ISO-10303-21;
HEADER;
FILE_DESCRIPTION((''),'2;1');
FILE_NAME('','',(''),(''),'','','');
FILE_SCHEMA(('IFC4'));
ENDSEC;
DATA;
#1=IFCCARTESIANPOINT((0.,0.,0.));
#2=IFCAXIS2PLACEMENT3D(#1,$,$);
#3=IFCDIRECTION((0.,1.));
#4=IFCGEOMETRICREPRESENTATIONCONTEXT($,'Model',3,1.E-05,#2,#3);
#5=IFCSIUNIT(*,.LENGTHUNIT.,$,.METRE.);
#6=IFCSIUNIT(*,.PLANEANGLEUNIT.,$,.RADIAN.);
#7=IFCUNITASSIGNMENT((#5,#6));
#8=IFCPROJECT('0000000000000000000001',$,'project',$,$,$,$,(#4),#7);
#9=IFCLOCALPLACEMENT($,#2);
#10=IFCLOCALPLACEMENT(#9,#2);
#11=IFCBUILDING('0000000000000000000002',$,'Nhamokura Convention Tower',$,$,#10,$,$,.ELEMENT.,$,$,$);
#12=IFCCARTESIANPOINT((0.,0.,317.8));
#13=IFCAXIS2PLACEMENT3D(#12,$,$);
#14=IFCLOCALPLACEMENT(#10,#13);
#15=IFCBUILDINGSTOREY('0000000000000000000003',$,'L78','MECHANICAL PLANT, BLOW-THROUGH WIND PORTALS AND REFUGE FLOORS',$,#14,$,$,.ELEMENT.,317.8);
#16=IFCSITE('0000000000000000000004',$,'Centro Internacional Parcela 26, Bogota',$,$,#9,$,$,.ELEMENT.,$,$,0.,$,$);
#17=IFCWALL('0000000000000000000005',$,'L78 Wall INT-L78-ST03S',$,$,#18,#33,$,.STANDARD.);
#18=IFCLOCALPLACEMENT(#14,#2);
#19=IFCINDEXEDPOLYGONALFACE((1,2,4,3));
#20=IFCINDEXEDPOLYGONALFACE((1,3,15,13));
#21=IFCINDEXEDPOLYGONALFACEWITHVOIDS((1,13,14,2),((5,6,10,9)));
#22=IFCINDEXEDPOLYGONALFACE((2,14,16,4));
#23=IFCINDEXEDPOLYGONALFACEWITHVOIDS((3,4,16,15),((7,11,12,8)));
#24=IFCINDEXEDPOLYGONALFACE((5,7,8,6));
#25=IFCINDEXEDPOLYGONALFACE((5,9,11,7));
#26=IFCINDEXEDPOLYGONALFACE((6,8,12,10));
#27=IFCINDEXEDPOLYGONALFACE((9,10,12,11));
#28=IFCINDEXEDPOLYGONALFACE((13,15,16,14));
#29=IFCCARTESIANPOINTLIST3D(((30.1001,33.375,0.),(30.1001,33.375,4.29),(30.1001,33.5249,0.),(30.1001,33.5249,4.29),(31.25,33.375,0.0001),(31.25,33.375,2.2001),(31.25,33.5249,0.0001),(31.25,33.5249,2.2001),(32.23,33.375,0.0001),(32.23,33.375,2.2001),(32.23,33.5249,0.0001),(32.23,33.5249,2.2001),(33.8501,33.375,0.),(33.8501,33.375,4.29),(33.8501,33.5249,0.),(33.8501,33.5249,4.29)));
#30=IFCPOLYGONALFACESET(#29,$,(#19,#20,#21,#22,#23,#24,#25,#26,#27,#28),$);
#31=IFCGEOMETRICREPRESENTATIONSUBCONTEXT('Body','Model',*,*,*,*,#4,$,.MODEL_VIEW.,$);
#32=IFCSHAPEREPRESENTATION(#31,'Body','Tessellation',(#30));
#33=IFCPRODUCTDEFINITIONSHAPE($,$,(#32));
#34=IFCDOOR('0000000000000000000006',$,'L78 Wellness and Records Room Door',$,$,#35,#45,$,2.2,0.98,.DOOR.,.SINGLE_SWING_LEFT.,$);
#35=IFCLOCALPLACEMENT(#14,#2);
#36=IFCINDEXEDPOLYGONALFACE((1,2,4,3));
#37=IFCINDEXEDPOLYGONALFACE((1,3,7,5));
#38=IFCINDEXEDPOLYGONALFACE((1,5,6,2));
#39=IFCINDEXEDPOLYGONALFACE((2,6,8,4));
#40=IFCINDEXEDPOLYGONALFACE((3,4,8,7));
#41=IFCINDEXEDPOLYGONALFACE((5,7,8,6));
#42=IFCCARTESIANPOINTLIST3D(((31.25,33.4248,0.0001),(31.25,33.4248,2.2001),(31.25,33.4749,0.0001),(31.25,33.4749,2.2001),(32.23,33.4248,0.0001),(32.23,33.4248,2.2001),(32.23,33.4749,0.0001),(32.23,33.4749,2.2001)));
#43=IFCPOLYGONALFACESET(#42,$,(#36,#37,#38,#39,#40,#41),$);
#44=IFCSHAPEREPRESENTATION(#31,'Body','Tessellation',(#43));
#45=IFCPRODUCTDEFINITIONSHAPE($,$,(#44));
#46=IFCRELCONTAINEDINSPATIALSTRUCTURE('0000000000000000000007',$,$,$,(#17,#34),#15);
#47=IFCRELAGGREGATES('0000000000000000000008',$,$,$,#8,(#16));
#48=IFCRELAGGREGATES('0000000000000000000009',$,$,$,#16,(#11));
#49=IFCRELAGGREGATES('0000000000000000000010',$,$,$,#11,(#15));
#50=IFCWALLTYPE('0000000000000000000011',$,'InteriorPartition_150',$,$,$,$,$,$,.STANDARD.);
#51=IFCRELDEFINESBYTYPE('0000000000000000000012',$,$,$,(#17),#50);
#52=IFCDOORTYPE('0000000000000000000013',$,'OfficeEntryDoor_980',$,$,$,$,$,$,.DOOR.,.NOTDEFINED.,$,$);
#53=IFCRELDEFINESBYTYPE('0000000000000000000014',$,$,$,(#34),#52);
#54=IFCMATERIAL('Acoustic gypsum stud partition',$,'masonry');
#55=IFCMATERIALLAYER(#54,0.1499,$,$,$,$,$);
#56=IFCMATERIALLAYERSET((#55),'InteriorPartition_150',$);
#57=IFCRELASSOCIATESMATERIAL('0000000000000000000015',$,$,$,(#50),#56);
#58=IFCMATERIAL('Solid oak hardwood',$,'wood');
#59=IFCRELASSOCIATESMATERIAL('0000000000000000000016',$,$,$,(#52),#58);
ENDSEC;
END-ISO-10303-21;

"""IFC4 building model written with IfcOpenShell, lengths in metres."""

from ifc_helpers import new_model, si_unit, direction, frame, frame_2d, origin, place, context, subcontext, project, spatial, rectangle, extrude, material, layer, layer_set, type_object, element, fill, save


model = new_model("IFC4")

# Units and contexts
model_context = context("Model", 3, precision=1e-05, world=origin(), true_north=direction((0.0, 1.0)))
body_context = subcontext(model_context, "Body", "Model", "MODEL_VIEW")
ifc_project = project(units=[si_unit("LENGTHUNIT", "METRE"), si_unit("PLANEANGLEUNIT", "RADIAN")], contexts=[model_context])

# Site, building, storey
site_placement = place(None, origin())
site = spatial("IfcSite", under=ifc_project, at=site_placement, Name="Centro Internacional Parcela 26, Bogota", CompositionType="ELEMENT", RefElevation=0.0)
building_placement = place(site_placement, origin())
building = spatial("IfcBuilding", under=site, at=building_placement, Name="Nhamokura Convention Tower", CompositionType="ELEMENT")
storey_placement = place(building_placement, frame((0.0, 0.0, 317.8)))
storey = spatial("IfcBuildingStorey", under=building, at=storey_placement, Name="L78", Description="MECHANICAL PLANT, BLOW-THROUGH WIND PORTALS AND REFUGE FLOORS", CompositionType="ELEMENT", Elevation=317.8)

# Shared definitions
ifc_material_1 = material(Name="Acoustic gypsum stud partition", Category="masonry")
ifc_layer_1 = layer(ifc_material_1, 0.1499)
ifc_layer_set_1 = layer_set([ifc_layer_1], Name="InteriorPartition_150")
wall_type_1 = type_object("IfcWallType", Name="InteriorPartition_150", PredefinedType="STANDARD", material=ifc_layer_set_1)

# Wall, opening, door
wall_1_placement = place(storey_placement, frame((30.1001, 33.45, 0.0), z_axis=(0.0, 0.0, 1.0), x_axis=(1.0, 0.0, 0.0)))
wall_1 = element("IfcWall", 1, at=wall_1_placement, inside=storey, type_object=wall_type_1, Name="L78 Wall INT-L78-ST03S", PredefinedType="STANDARD", context=body_context, shape_type="SweptSolid", body=[
    extrude(rectangle(XDim=3.75, YDim=0.1499, at=frame_2d((1.875, 0.0))), origin(), (0.0, 0.0, 1.0), 4.29),
])
opening_1_placement = place(wall_1_placement, frame((1.1499, 0.0, 0.0)))
opening_1 = element("IfcOpeningElement", 2, at=opening_1_placement, cuts=wall_1, PredefinedType="OPENING", context=body_context, shape_type="SweptSolid", body=[
    extrude(rectangle(XDim=0.98, YDim=2.2, at=frame_2d((0.49, 1.1001))), frame((0.0, 0.085, 0.0), z_axis=(0.0, -1.0, 0.0), x_axis=(1.0, 0.0, 0.0)), (0.0, 0.0, 1.0), 0.1699),
])
ifc_material_2 = material(Name="Solid oak hardwood", Category="wood")
door_type_1 = type_object("IfcDoorType", Name="OfficeEntryDoor_980", OperationType="NOTDEFINED", PredefinedType="DOOR", material=ifc_material_2)
door_1_placement = place(opening_1_placement, origin())
door_1 = element("IfcDoor", 3, at=door_1_placement, inside=storey, type_object=door_type_1, Name="L78 Wellness and Records Room Door", OperationType="SINGLE_SWING_LEFT", OverallHeight=2.2, OverallWidth=0.98, PredefinedType="DOOR", context=body_context, shape_type="SweptSolid", body=[
    extrude(rectangle(XDim=0.98, YDim=2.2, at=frame_2d((0.49, 1.1001))), frame((0.0, 0.0249, 0.0), z_axis=(0.0, -1.0, 0.0), x_axis=(1.0, 0.0, 0.0)), (0.0, 0.0, 1.0), 0.05),
])
fill(opening_1, door_1)

save(model, "model.ifc")
